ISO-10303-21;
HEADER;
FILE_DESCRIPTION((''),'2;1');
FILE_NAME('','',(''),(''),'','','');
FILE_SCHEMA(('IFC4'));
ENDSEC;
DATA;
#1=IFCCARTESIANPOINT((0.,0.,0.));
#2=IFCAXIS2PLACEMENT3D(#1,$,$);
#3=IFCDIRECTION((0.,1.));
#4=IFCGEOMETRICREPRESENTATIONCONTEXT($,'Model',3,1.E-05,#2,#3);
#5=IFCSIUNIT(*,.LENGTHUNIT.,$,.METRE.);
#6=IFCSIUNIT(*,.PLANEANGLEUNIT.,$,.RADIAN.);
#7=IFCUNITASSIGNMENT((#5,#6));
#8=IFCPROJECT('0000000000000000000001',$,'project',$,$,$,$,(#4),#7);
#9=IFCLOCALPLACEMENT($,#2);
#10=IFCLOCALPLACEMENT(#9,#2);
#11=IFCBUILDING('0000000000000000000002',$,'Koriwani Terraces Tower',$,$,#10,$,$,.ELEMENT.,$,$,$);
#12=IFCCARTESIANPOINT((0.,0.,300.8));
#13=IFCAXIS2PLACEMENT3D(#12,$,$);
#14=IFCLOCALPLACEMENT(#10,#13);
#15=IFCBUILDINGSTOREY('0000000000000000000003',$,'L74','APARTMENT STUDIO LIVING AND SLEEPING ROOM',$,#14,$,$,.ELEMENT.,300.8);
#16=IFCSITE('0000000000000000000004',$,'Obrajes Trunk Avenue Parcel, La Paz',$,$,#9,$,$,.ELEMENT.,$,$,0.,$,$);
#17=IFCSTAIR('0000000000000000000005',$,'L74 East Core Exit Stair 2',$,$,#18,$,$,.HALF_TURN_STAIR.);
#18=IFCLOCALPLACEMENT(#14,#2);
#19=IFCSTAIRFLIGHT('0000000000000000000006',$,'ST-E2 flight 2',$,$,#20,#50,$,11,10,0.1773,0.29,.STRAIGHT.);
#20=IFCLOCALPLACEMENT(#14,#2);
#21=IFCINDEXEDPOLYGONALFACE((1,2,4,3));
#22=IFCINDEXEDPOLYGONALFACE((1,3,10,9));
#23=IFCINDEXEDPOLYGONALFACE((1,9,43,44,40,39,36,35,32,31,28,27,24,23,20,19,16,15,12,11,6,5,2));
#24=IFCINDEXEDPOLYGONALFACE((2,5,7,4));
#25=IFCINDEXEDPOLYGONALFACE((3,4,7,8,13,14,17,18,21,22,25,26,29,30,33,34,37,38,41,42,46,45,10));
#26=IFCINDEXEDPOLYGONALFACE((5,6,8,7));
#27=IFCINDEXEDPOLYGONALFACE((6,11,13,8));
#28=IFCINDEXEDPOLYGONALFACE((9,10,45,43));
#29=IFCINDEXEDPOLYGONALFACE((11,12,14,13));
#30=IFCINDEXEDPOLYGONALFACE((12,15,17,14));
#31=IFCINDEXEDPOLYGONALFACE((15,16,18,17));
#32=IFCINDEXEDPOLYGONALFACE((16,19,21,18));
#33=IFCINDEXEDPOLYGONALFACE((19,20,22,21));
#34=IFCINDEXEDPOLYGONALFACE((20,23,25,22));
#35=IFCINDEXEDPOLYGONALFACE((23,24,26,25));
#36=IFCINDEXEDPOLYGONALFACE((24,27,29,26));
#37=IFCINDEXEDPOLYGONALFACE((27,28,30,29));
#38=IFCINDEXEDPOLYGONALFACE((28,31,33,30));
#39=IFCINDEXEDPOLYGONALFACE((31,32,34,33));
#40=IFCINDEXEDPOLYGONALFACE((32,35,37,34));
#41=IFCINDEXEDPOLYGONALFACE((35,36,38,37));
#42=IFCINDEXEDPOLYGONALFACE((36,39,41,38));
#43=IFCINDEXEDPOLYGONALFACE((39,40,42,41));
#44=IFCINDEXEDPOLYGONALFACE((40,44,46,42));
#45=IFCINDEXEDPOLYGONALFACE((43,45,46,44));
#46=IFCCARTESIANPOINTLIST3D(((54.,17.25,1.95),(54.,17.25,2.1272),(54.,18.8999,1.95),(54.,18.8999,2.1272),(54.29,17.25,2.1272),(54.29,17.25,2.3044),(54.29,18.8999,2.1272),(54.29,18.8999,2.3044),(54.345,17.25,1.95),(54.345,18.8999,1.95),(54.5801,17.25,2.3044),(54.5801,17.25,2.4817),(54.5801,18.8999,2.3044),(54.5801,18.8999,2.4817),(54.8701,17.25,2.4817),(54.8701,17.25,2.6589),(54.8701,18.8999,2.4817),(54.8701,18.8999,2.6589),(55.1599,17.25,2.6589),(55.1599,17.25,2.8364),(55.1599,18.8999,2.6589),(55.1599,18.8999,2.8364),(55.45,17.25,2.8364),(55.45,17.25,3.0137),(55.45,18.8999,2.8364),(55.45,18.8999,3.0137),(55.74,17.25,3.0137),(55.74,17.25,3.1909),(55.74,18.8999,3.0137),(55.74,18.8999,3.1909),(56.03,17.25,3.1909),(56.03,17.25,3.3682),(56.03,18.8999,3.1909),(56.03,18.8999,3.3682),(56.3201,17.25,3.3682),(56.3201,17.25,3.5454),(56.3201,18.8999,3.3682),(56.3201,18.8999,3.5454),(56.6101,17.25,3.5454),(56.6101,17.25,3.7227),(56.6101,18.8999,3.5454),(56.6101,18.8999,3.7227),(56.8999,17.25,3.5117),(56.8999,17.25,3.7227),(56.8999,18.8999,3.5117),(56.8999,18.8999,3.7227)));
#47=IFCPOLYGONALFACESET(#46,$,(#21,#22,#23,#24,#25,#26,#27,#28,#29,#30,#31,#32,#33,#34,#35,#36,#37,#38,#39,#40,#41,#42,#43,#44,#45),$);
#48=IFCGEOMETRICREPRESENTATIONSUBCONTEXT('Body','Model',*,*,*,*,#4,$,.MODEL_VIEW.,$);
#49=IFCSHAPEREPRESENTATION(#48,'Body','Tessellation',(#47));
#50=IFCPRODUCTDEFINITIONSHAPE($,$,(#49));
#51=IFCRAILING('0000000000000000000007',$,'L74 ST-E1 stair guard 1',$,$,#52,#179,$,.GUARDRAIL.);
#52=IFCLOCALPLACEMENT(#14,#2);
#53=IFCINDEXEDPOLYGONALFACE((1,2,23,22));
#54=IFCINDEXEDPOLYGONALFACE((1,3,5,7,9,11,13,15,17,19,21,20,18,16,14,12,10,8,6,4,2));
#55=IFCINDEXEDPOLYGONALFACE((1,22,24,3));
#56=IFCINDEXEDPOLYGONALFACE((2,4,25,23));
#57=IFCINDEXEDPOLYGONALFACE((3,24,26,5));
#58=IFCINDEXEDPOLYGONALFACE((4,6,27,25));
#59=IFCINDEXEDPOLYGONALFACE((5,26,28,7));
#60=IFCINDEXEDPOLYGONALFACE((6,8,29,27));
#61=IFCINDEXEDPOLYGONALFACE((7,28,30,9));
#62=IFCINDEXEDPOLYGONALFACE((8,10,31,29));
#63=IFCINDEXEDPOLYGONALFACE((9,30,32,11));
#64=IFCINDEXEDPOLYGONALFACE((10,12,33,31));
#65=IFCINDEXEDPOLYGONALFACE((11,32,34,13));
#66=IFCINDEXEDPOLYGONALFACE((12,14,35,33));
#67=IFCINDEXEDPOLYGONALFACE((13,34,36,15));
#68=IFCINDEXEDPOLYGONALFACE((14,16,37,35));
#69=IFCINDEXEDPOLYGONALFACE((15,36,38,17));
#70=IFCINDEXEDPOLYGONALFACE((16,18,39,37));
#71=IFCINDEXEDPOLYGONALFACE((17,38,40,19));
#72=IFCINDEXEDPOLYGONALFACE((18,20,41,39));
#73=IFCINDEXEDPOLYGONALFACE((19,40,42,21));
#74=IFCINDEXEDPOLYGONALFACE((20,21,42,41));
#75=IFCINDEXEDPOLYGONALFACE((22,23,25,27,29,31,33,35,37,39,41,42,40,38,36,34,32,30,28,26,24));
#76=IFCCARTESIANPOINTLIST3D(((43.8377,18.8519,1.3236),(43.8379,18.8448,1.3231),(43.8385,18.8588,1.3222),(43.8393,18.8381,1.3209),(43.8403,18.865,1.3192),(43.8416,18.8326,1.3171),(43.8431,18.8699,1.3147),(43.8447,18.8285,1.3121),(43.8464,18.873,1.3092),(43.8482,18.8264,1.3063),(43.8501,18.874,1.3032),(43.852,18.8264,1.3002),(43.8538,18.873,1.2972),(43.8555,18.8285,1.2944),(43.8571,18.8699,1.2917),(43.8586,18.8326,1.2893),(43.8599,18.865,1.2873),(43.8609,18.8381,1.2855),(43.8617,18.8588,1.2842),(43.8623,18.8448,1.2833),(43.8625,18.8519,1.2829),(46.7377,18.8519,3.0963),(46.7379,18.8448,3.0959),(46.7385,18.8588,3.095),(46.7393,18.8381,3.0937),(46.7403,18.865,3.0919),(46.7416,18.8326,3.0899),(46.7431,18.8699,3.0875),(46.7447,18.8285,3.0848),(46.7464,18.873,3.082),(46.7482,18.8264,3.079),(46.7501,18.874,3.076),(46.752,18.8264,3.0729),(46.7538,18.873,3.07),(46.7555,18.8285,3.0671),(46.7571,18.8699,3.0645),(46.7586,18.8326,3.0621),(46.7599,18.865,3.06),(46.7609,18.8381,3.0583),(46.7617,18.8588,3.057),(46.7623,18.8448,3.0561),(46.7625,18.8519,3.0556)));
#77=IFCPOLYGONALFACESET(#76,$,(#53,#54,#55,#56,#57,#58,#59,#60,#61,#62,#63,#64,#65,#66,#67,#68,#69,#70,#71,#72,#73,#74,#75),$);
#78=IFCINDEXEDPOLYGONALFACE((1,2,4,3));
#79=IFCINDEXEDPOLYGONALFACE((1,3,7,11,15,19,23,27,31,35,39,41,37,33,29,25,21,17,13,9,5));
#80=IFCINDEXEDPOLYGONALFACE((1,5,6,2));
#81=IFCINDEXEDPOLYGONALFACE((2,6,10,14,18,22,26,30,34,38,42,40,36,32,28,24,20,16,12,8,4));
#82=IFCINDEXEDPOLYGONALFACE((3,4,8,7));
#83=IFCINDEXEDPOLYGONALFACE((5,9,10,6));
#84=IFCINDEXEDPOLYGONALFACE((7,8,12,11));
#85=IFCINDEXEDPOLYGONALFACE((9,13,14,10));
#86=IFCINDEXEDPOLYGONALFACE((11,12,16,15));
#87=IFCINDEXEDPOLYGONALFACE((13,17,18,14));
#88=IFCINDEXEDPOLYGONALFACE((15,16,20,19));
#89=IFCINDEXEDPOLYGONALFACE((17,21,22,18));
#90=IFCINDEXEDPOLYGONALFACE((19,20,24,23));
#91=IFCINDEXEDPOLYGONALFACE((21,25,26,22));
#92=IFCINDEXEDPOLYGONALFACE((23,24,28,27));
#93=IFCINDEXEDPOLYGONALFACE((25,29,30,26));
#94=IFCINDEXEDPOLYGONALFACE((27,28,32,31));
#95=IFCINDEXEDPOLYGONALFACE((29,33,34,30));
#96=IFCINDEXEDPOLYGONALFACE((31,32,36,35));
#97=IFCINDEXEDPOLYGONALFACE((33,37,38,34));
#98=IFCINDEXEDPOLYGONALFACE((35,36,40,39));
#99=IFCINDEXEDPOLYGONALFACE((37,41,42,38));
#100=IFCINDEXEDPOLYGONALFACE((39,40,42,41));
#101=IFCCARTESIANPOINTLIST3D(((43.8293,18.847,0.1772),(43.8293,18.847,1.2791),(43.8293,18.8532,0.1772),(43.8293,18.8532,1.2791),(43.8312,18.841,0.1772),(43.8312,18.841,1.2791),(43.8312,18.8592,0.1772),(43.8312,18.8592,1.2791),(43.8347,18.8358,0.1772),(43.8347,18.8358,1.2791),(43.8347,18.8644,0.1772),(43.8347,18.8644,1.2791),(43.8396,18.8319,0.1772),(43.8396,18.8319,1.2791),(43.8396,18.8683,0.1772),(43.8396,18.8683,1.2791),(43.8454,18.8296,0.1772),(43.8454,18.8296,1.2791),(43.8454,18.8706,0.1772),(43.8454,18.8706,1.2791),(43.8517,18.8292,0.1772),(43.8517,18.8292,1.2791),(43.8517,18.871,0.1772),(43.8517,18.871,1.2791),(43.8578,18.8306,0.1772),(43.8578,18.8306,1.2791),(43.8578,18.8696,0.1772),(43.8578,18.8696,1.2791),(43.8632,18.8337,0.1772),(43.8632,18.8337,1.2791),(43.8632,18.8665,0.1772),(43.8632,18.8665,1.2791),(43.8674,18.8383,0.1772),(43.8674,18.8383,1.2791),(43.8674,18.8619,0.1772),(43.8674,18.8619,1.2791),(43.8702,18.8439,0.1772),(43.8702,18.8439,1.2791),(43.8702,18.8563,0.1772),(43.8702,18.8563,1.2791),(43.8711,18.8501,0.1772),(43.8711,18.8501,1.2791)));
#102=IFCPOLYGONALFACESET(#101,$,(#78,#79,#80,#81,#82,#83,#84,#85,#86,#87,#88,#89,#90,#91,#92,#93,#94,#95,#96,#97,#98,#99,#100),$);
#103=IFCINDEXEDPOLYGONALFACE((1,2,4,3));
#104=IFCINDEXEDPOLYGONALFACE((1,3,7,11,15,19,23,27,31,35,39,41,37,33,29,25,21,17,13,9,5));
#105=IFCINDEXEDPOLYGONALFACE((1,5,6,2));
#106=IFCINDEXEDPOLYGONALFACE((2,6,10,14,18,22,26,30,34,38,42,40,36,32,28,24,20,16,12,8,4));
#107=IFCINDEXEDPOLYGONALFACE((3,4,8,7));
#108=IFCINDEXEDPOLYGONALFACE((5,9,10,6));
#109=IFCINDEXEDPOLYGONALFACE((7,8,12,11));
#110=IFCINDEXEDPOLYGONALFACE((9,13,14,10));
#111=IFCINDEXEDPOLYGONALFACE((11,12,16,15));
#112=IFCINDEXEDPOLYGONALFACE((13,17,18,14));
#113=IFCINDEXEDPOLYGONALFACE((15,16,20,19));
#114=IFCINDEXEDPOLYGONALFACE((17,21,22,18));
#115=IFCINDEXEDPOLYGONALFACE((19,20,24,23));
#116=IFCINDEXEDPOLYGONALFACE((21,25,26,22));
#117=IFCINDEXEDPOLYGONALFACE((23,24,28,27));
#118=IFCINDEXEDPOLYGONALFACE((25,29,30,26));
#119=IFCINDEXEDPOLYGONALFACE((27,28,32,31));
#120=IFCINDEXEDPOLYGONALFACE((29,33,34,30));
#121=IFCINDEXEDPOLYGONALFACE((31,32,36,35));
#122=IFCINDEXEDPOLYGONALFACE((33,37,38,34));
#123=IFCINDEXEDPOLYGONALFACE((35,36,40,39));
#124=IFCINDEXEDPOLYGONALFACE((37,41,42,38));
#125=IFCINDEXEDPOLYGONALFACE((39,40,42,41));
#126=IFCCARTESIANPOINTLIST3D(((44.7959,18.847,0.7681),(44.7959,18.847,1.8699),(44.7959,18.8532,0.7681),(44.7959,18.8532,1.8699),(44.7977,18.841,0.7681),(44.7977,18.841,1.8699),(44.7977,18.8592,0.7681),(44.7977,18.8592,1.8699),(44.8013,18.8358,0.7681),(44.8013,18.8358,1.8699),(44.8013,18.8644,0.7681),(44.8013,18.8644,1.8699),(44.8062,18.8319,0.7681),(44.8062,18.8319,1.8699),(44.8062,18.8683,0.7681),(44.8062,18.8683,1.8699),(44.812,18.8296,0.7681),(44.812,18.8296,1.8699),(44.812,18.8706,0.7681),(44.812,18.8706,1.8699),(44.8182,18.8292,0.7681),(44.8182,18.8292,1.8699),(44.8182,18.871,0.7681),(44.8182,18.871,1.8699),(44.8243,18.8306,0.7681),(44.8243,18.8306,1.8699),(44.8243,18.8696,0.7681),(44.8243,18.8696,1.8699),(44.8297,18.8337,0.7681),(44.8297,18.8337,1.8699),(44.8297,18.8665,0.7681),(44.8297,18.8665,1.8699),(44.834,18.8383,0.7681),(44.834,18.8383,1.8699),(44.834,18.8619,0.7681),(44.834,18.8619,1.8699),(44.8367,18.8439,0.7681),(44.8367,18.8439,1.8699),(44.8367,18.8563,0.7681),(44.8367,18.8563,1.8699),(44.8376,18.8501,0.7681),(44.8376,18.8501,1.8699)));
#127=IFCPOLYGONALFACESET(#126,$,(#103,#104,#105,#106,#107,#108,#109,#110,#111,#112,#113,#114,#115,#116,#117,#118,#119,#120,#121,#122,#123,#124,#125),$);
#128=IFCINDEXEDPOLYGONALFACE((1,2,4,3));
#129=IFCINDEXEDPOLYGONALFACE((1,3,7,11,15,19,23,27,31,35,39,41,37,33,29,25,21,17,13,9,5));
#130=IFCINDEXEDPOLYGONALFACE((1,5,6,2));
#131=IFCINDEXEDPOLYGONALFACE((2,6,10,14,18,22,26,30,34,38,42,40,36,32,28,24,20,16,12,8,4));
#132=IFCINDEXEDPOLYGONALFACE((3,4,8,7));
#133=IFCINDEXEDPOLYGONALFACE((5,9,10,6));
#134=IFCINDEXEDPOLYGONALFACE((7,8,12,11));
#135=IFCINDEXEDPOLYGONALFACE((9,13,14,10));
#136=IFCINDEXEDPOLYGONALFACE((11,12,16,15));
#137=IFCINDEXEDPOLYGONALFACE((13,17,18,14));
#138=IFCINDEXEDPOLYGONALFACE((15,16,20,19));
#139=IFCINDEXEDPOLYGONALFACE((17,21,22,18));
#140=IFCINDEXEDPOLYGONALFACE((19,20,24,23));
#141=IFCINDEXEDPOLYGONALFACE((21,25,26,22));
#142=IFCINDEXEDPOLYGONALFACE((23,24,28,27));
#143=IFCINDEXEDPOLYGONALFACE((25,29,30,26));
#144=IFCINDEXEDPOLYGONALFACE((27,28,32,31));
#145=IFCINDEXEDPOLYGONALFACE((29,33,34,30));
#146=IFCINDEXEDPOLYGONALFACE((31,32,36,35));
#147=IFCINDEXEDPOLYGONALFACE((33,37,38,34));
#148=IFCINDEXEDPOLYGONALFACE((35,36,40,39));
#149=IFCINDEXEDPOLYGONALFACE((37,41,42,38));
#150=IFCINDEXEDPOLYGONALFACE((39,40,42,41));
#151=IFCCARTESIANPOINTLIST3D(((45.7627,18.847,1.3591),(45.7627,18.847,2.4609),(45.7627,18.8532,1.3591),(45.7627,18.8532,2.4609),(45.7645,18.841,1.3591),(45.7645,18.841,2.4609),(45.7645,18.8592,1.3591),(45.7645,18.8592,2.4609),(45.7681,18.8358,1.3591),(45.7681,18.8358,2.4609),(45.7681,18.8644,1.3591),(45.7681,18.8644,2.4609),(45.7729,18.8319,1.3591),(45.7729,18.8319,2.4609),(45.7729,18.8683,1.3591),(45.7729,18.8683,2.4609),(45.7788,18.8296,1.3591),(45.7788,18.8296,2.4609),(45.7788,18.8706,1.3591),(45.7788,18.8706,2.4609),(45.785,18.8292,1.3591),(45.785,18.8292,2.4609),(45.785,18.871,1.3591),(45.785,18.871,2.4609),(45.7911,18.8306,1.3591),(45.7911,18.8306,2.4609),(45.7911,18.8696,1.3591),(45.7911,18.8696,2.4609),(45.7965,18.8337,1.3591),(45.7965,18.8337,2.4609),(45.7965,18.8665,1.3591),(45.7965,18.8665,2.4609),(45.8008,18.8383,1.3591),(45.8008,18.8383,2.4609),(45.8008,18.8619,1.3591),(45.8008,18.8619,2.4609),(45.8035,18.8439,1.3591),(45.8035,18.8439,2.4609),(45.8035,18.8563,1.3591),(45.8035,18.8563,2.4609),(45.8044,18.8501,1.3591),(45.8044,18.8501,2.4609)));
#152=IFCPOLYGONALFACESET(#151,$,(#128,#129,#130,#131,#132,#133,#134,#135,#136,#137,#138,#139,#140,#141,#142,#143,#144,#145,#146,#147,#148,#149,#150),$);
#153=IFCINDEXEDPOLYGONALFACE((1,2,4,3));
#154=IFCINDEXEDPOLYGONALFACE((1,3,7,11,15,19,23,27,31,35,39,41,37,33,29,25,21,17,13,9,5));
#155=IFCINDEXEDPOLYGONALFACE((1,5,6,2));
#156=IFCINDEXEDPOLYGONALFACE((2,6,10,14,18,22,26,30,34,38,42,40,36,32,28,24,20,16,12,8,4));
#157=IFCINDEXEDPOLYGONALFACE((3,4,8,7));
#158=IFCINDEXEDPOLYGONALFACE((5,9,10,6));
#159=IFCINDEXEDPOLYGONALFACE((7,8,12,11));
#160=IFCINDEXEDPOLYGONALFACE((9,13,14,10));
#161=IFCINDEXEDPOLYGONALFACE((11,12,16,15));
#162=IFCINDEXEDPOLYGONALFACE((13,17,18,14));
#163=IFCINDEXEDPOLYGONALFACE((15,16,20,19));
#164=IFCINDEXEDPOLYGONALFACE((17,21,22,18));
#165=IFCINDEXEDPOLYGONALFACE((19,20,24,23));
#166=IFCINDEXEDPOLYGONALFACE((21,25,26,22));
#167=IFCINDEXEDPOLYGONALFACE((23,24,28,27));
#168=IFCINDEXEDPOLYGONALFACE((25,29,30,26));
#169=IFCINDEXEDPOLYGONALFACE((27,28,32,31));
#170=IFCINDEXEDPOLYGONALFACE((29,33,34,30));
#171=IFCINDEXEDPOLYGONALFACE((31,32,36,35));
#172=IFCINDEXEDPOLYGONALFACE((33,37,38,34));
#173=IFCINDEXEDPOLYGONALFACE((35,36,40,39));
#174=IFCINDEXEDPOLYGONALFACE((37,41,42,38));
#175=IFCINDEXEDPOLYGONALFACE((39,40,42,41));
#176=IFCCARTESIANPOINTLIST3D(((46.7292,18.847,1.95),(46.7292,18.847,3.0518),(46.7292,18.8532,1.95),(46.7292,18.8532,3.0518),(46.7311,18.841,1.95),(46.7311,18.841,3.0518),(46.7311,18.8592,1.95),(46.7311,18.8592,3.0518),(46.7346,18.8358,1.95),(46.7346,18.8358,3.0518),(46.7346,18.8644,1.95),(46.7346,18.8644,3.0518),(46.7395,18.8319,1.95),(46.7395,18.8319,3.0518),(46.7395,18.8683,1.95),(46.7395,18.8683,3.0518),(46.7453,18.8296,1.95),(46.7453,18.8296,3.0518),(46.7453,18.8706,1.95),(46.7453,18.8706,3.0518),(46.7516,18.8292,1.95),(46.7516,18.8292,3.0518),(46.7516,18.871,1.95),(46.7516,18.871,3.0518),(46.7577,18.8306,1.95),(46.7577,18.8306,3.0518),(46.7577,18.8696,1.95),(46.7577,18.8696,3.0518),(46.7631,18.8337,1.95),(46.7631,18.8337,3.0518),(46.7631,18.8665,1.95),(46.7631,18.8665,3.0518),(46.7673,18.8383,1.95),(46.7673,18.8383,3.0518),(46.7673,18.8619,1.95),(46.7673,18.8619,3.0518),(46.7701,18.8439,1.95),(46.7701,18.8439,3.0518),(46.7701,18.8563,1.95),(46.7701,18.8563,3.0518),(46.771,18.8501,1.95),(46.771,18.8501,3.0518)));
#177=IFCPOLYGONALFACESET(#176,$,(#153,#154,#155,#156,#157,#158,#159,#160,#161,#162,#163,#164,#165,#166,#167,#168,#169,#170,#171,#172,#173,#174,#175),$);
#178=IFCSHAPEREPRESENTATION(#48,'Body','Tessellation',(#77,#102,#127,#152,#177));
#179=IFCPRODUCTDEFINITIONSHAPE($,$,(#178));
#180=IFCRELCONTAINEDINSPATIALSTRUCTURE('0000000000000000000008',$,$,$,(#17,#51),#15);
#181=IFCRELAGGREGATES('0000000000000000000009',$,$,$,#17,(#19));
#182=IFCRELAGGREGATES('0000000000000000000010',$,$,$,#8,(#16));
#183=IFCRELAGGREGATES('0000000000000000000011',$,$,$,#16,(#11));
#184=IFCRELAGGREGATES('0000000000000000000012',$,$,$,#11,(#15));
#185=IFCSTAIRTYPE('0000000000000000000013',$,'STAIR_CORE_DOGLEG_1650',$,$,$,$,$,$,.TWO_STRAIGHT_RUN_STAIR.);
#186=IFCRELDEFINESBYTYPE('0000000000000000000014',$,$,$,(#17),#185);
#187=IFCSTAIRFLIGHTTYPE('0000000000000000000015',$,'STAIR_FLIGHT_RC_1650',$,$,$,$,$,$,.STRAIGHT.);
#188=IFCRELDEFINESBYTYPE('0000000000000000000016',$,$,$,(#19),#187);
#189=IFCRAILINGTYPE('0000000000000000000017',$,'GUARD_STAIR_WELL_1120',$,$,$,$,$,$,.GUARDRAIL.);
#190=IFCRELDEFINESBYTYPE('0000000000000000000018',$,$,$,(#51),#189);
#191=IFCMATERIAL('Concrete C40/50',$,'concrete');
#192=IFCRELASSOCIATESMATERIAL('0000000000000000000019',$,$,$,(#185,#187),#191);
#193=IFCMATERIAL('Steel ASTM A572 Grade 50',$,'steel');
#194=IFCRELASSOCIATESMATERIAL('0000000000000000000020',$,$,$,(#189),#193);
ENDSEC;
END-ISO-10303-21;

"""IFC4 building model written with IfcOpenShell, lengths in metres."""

from ifc_helpers import new_model, si_unit, direction, frame, origin, origin_2d, place, context, subcontext, project, spatial, polyline, circle, outline, extrude, material, type_object, element, aggregate, save


model = new_model("IFC4")

# Units and contexts
model_context = context("Model", 3, precision=1e-05, world=origin(), true_north=direction((0.0, 1.0)))
body_context = subcontext(model_context, "Body", "Model", "MODEL_VIEW")
ifc_project = project(units=[si_unit("LENGTHUNIT", "METRE"), si_unit("PLANEANGLEUNIT", "RADIAN")], contexts=[model_context])

# Site, building, storey
site_placement = place(None, origin())
site = spatial("IfcSite", under=ifc_project, at=site_placement, Name="Obrajes Trunk Avenue Parcel, La Paz", CompositionType="ELEMENT", RefElevation=0.0)
building_placement = place(site_placement, origin())
building = spatial("IfcBuilding", under=site, at=building_placement, Name="Koriwani Terraces Tower", CompositionType="ELEMENT")
storey_placement = place(building_placement, frame((0.0, 0.0, 300.8)))
storey = spatial("IfcBuildingStorey", under=building, at=storey_placement, Name="L74", Description="APARTMENT STUDIO LIVING AND SLEEPING ROOM", CompositionType="ELEMENT", Elevation=300.8)

# Shared definitions
ifc_material_1 = material(Name="Concrete C40/50", Category="concrete")
ifc_material_2 = material(Name="Steel ASTM A572 Grade 50", Category="steel")

# Shared definitions
stair_type = type_object("IfcStairType", Name="STAIR_CORE_DOGLEG_1650", PredefinedType="TWO_STRAIGHT_RUN_STAIR", material=ifc_material_1)
stair_flight_type = type_object("IfcStairFlightType", Name="STAIR_FLIGHT_RC_1650", PredefinedType="STRAIGHT", material=ifc_material_1)

# Stair, stair flight
stair_1_placement = place(storey_placement, origin())
stair_1 = element("IfcStair", 1, at=stair_1_placement, inside=storey, type_object=stair_type, Name="L74 East Core Exit Stair 2", PredefinedType="HALF_TURN_STAIR")
stair_flight_1_placement = place(storey_placement, frame((54.0, 18.075, 1.95), z_axis=(0.0, 0.0, 1.0), x_axis=(1.0, 0.0, 0.0)))
stair_flight_1 = element("IfcStairFlight", 2, at=stair_flight_1_placement, type_object=stair_flight_type, Name="ST-E2 flight 2", NumberOfRisers=11, NumberOfTreads=10, PredefinedType="STRAIGHT", RiserHeight=0.1773, TreadLength=0.29, context=body_context, shape_type="SweptSolid", body=[
    extrude(outline(polyline([(0.0, 0.0), (0.0, 0.1772), (0.29, 0.1772), (0.29, 0.3545), (0.5801, 0.3545), (0.5801, 0.5317), (0.8701, 0.5317), (0.8701, 0.709), (1.1599, 0.709), (1.1599, 0.8865), (1.45, 0.8865), (1.45, 1.0637), (1.74, 1.0637), (1.74, 1.241), (2.03, 1.241), (2.03, 1.4182), (2.3201, 1.4182), (2.3201, 1.5955), (2.6101, 1.5955), (2.6101, 1.7727), (2.8999, 1.7727), (2.8999, 1.95), (2.8999, 1.5618), (0.345, 0.0), (0.0, 0.0)])), frame((0.0, 0.825, 0.0), z_axis=(0.0, -1.0, 0.0), x_axis=(1.0, 0.0, 0.0)), (0.0, 0.0, 1.0), 1.6499),
])
aggregate(stair_1, [stair_flight_1])

# Railing
railing_type_1 = type_object("IfcRailingType", Name="GUARD_STAIR_WELL_1120", PredefinedType="GUARDRAIL", material=ifc_material_2)
railing_1_placement = place(storey_placement, frame((43.8501, 18.8501, 0.1772)))
element("IfcRailing", 3, at=railing_1_placement, inside=storey, type_object=railing_type_1, Name="L74 ST-E1 stair guard 1", PredefinedType="GUARDRAIL", context=body_context, shape_type="SweptSolid", body=[
    extrude(circle(Radius=0.0239, at=origin_2d()), frame((0.0, 0.0, 1.126), z_axis=(0.853211, 0.0, 0.521566), x_axis=(0.0, 1.0, 0.0)), (0.0, 0.0, 1.0), 3.3989),
    extrude(circle(Radius=0.021, at=origin_2d()), origin(), (0.0, 0.0, 1.0), 1.1018),
    extrude(circle(Radius=0.021, at=origin_2d()), frame((0.9666, 0.0, 0.5908)), (0.0, 0.0, 1.0), 1.1018),
    extrude(circle(Radius=0.021, at=origin_2d()), frame((1.9333, 0.0, 1.1819)), (0.0, 0.0, 1.0), 1.1018),
    extrude(circle(Radius=0.021, at=origin_2d()), frame((2.8999, 0.0, 1.7727)), (0.0, 0.0, 1.0), 1.1018),
])

save(model, "model.ifc")
